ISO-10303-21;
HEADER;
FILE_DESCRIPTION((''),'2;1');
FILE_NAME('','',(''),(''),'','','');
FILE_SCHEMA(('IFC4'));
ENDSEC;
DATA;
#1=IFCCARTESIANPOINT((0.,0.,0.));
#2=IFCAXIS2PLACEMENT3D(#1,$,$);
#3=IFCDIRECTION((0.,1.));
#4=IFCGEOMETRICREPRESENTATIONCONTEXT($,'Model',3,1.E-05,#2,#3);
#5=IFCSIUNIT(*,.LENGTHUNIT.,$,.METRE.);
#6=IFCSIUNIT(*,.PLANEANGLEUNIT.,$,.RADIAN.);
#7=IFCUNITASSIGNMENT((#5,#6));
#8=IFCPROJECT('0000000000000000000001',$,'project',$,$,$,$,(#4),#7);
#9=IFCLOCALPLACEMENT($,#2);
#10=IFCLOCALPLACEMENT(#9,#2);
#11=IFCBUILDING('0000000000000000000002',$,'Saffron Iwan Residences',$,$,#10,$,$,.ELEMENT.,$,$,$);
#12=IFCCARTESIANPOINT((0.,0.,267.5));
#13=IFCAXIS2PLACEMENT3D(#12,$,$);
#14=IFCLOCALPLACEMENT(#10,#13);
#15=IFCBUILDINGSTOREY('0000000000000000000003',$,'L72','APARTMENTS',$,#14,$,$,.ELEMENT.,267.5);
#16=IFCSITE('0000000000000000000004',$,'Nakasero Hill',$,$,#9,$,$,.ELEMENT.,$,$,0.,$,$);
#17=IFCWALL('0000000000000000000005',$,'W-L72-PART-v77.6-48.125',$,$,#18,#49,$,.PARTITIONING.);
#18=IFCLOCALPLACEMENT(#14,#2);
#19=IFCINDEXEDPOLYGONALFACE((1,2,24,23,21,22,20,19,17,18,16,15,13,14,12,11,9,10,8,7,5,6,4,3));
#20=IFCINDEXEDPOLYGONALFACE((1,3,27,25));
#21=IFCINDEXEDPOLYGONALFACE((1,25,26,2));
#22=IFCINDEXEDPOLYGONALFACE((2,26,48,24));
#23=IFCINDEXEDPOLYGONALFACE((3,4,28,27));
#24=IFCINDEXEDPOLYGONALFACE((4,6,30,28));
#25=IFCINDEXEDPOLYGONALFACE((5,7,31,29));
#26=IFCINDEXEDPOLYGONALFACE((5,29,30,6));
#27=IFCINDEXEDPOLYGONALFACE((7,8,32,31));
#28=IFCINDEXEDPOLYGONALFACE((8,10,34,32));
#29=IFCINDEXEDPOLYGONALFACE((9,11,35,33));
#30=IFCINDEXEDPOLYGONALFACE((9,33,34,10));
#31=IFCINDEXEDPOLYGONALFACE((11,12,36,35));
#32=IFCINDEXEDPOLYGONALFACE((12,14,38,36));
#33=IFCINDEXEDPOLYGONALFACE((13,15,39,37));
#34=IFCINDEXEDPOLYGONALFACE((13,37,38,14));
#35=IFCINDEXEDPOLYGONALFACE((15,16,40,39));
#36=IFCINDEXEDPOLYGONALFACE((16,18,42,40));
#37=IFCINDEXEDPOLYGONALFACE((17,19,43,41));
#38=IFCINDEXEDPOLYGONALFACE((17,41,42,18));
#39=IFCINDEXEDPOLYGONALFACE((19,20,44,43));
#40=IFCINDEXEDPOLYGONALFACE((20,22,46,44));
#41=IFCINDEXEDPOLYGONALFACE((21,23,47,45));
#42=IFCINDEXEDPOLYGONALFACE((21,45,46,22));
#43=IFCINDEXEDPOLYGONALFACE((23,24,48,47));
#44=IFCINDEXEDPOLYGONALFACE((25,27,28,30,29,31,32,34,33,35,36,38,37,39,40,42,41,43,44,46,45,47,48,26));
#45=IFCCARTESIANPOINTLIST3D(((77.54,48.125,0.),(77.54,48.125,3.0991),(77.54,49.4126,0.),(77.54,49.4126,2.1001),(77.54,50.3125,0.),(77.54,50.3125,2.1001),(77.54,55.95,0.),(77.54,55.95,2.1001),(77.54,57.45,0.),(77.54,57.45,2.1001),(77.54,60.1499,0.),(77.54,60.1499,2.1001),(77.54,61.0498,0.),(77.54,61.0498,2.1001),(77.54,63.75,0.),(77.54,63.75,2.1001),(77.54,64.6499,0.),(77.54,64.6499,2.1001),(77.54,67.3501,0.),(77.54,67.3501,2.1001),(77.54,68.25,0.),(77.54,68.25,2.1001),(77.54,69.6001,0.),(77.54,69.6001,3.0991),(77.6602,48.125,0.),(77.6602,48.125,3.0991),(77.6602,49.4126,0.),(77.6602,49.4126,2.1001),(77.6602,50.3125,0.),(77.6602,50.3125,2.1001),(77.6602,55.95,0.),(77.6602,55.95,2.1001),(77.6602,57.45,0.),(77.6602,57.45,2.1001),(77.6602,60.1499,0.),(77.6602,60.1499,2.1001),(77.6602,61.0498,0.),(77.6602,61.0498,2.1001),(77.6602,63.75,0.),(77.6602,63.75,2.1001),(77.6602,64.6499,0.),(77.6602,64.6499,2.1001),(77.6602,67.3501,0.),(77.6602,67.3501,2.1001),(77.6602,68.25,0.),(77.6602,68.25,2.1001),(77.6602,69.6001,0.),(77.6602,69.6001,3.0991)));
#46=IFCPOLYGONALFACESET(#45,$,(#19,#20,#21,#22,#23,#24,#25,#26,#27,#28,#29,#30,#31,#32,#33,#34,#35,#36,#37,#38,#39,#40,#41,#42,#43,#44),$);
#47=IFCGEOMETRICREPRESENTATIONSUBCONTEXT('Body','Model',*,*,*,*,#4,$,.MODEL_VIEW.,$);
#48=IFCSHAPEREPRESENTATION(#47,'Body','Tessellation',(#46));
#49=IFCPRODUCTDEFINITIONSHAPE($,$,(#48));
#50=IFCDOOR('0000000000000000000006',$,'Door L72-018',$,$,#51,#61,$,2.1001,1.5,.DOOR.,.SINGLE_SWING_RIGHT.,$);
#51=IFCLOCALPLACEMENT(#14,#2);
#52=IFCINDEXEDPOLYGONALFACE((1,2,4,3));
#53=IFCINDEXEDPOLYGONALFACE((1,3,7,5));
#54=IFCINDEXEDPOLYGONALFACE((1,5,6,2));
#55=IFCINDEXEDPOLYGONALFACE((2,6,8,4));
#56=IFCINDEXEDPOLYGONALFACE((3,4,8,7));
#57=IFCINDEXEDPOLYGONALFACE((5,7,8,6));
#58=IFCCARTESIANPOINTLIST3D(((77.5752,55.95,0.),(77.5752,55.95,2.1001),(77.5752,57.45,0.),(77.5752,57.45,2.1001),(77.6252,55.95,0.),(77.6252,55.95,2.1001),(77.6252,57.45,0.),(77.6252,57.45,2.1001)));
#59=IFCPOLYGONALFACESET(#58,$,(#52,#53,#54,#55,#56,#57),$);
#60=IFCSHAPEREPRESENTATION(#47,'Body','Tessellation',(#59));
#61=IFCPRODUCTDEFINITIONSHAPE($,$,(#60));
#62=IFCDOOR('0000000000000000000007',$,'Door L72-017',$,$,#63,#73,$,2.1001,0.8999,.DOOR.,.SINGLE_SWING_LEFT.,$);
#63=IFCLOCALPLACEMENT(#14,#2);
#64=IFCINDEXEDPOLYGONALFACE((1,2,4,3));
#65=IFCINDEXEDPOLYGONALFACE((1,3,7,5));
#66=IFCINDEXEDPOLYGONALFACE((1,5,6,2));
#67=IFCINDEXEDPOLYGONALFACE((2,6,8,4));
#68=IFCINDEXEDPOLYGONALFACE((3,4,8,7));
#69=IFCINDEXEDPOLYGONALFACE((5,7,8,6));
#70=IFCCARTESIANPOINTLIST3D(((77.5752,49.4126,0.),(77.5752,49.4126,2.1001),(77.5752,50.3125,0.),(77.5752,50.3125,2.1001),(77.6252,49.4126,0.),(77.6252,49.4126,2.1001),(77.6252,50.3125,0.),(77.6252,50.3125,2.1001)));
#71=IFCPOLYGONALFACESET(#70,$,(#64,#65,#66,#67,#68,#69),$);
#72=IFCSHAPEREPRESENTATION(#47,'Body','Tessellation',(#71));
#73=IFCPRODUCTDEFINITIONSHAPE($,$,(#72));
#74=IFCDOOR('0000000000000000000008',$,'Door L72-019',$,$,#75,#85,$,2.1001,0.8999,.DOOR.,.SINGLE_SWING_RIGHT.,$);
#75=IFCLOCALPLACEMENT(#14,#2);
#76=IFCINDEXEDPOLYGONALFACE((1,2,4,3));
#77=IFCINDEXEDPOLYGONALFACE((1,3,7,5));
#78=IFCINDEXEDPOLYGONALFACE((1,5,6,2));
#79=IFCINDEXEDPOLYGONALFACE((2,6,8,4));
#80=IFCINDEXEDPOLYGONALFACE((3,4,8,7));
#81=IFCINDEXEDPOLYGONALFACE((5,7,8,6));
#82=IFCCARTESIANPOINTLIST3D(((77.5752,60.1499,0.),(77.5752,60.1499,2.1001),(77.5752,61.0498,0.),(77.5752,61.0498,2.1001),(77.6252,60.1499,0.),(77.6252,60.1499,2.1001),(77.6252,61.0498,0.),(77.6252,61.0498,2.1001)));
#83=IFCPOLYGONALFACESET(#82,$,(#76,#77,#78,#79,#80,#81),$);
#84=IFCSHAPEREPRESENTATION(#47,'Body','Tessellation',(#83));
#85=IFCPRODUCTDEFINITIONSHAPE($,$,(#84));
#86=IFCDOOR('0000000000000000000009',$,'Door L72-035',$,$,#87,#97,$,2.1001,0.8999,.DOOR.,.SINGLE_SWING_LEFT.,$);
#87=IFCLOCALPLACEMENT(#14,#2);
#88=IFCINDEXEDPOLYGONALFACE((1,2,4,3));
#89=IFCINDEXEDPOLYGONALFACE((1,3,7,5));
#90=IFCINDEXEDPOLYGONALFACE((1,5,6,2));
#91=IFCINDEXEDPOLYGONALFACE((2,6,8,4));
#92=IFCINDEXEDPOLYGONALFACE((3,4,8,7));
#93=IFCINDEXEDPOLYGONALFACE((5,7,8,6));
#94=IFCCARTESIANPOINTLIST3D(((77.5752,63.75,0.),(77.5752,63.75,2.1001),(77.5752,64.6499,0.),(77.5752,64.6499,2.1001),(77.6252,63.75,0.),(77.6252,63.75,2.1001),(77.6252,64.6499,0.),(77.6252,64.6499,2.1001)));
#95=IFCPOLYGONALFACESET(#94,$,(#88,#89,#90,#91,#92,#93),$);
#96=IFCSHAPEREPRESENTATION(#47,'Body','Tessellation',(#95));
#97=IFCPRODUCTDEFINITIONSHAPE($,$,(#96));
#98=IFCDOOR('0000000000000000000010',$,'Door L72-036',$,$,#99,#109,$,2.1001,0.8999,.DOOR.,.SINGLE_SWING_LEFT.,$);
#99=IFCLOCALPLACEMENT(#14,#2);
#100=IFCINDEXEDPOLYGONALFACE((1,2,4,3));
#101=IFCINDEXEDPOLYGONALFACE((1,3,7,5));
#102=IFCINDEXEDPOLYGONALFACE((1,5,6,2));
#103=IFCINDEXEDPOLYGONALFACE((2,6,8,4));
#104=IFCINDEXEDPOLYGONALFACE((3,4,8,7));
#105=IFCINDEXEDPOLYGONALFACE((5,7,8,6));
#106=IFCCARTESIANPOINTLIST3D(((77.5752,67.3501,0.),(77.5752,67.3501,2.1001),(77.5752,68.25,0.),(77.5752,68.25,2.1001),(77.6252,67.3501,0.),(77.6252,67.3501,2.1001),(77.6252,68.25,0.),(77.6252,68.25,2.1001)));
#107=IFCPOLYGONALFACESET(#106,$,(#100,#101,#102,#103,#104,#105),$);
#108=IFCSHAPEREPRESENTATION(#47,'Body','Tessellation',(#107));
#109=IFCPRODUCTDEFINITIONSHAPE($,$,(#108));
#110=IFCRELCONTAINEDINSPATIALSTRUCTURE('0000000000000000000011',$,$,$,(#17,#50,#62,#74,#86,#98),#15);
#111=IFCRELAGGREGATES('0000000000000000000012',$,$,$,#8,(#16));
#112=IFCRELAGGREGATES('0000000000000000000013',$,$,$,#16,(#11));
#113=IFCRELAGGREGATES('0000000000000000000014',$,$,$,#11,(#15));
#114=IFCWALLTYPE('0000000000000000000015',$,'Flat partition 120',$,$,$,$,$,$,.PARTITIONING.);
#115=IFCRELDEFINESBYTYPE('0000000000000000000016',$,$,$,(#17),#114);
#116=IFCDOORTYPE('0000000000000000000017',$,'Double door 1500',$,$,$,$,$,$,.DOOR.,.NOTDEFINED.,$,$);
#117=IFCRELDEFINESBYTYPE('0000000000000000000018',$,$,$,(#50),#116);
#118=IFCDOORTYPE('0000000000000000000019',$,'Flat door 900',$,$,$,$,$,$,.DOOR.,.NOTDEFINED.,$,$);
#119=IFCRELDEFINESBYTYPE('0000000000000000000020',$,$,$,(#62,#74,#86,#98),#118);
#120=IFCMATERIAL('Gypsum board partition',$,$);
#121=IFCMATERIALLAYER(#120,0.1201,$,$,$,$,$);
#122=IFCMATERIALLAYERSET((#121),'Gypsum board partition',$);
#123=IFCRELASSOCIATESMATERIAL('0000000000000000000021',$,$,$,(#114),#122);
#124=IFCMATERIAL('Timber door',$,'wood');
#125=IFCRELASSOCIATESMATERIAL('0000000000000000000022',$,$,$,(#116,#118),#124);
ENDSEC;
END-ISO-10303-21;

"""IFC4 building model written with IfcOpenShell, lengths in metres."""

from ifc_helpers import new_model, si_unit, direction, frame, frame_2d, origin, place, context, subcontext, project, spatial, rectangle, extrude, material, layer, layer_set, type_object, element, fill, save


model = new_model("IFC4")

# Units and contexts
model_context = context("Model", 3, precision=1e-05, world=origin(), true_north=direction((0.0, 1.0)))
body_context = subcontext(model_context, "Body", "Model", "MODEL_VIEW")
ifc_project = project(units=[si_unit("LENGTHUNIT", "METRE"), si_unit("PLANEANGLEUNIT", "RADIAN")], contexts=[model_context])

# Site, building, storey
site_placement = place(None, origin())
site = spatial("IfcSite", under=ifc_project, at=site_placement, Name="Nakasero Hill", CompositionType="ELEMENT", RefElevation=0.0)
building_placement = place(site_placement, origin())
building = spatial("IfcBuilding", under=site, at=building_placement, Name="Saffron Iwan Residences", CompositionType="ELEMENT")
storey_placement = place(building_placement, frame((0.0, 0.0, 267.5)))
storey = spatial("IfcBuildingStorey", under=building, at=storey_placement, Name="L72", Description="APARTMENTS", CompositionType="ELEMENT", Elevation=267.5)

# Shared definitions
ifc_material_1 = material(Name="Gypsum board partition")
ifc_layer_1 = layer(ifc_material_1, 0.1201)
ifc_layer_set_1 = layer_set([ifc_layer_1], Name="Gypsum board partition")
wall_type_1 = type_object("IfcWallType", Name="Flat partition 120", PredefinedType="PARTITIONING", material=ifc_layer_set_1)

# Shared definitions
ifc_material_2 = material(Name="Timber door", Category="wood")

# Wall, openings, doors
wall_1_placement = place(storey_placement, frame((77.6001, 48.125, 0.0), z_axis=(0.0, 0.0, 1.0), x_axis=(0.0, 1.0, 0.0)))
wall_1 = element("IfcWall", 1, at=wall_1_placement, inside=storey, type_object=wall_type_1, Name="W-L72-PART-v77.6-48.125", PredefinedType="PARTITIONING", context=body_context, shape_type="SweptSolid", body=[
    extrude(rectangle(XDim=21.4751, YDim=0.1201, at=frame_2d((10.7375, 0.0))), origin(), (0.0, 0.0, 1.0), 3.0991),
])
opening_1_placement = place(wall_1_placement, frame((1.2876, 0.0, 0.0)))
opening_1 = element("IfcOpeningElement", 2, at=opening_1_placement, cuts=wall_1, PredefinedType="OPENING", context=body_context, shape_type="SweptSolid", body=[
    extrude(rectangle(XDim=0.8999, YDim=2.1001, at=frame_2d((0.45, 1.05))), frame((0.0, 0.0701, 0.0), z_axis=(0.0, -1.0, 0.0), x_axis=(1.0, 0.0, 0.0)), (0.0, 0.0, 1.0), 0.1401),
])
opening_2_placement = place(wall_1_placement, frame((7.825, 0.0, 0.0)))
opening_2 = element("IfcOpeningElement", 3, at=opening_2_placement, cuts=wall_1, PredefinedType="OPENING", context=body_context, shape_type="SweptSolid", body=[
    extrude(rectangle(XDim=1.5, YDim=2.1001, at=frame_2d((0.75, 1.05))), frame((0.0, 0.0701, 0.0), z_axis=(0.0, -1.0, 0.0), x_axis=(1.0, 0.0, 0.0)), (0.0, 0.0, 1.0), 0.1401),
])
opening_3_placement = place(wall_1_placement, frame((12.0249, 0.0, 0.0)))
opening_3 = element("IfcOpeningElement", 4, at=opening_3_placement, cuts=wall_1, PredefinedType="OPENING", context=body_context, shape_type="SweptSolid", body=[
    extrude(rectangle(XDim=0.8999, YDim=2.1001, at=frame_2d((0.45, 1.05))), frame((0.0, 0.0701, 0.0), z_axis=(0.0, -1.0, 0.0), x_axis=(1.0, 0.0, 0.0)), (0.0, 0.0, 1.0), 0.1401),
])
opening_4_placement = place(wall_1_placement, frame((15.625, 0.0, 0.0)))
opening_4 = element("IfcOpeningElement", 5, at=opening_4_placement, cuts=wall_1, PredefinedType="OPENING", context=body_context, shape_type="SweptSolid", body=[
    extrude(rectangle(XDim=0.8999, YDim=2.1001, at=frame_2d((0.45, 1.05))), frame((0.0, 0.0701, 0.0), z_axis=(0.0, -1.0, 0.0), x_axis=(1.0, 0.0, 0.0)), (0.0, 0.0, 1.0), 0.1401),
])
opening_5_placement = place(wall_1_placement, frame((19.2251, 0.0, 0.0)))
opening_5 = element("IfcOpeningElement", 6, at=opening_5_placement, cuts=wall_1, PredefinedType="OPENING", context=body_context, shape_type="SweptSolid", body=[
    extrude(rectangle(XDim=0.8999, YDim=2.1001, at=frame_2d((0.45, 1.05))), frame((0.0, 0.0701, 0.0), z_axis=(0.0, -1.0, 0.0), x_axis=(1.0, 0.0, 0.0)), (0.0, 0.0, 1.0), 0.1401),
])
door_type_1 = type_object("IfcDoorType", Name="Double door 1500", OperationType="NOTDEFINED", PredefinedType="DOOR", material=ifc_material_2)
door_1_placement = place(opening_2_placement, origin())
door_1 = element("IfcDoor", 7, at=door_1_placement, inside=storey, type_object=door_type_1, Name="Door L72-018", OperationType="SINGLE_SWING_RIGHT", OverallHeight=2.1001, OverallWidth=1.5, PredefinedType="DOOR", context=body_context, shape_type="SweptSolid", body=[
    extrude(rectangle(XDim=1.5, YDim=2.1001, at=frame_2d((0.75, 1.05))), frame((0.0, 0.0249, 0.0), z_axis=(0.0, -1.0, 0.0), x_axis=(1.0, 0.0, 0.0)), (0.0, 0.0, 1.0), 0.05),
])
fill(opening_2, door_1)
door_type_2 = type_object("IfcDoorType", Name="Flat door 900", OperationType="NOTDEFINED", PredefinedType="DOOR", material=ifc_material_2)
door_2_placement = place(opening_1_placement, origin())
door_2 = element("IfcDoor", 8, at=door_2_placement, inside=storey, type_object=door_type_2, Name="Door L72-017", OperationType="SINGLE_SWING_LEFT", OverallHeight=2.1001, OverallWidth=0.8999, PredefinedType="DOOR", context=body_context, shape_type="SweptSolid", body=[
    extrude(rectangle(XDim=0.8999, YDim=2.1001, at=frame_2d((0.45, 1.05))), frame((0.0, 0.0249, 0.0), z_axis=(0.0, -1.0, 0.0), x_axis=(1.0, 0.0, 0.0)), (0.0, 0.0, 1.0), 0.05),
])
fill(opening_1, door_2)
door_3_placement = place(opening_3_placement, origin())
door_3 = element("IfcDoor", 9, at=door_3_placement, inside=storey, type_object=door_type_2, Name="Door L72-019", OperationType="SINGLE_SWING_RIGHT", OverallHeight=2.1001, OverallWidth=0.8999, PredefinedType="DOOR", context=body_context, shape_type="SweptSolid", body=[
    extrude(rectangle(XDim=0.8999, YDim=2.1001, at=frame_2d((0.45, 1.05))), frame((0.0, 0.0249, 0.0), z_axis=(0.0, -1.0, 0.0), x_axis=(1.0, 0.0, 0.0)), (0.0, 0.0, 1.0), 0.05),
])
fill(opening_3, door_3)
door_4_placement = place(opening_4_placement, origin())
door_4 = element("IfcDoor", 10, at=door_4_placement, inside=storey, type_object=door_type_2, Name="Door L72-035", OperationType="SINGLE_SWING_LEFT", OverallHeight=2.1001, OverallWidth=0.8999, PredefinedType="DOOR", context=body_context, shape_type="SweptSolid", body=[
    extrude(rectangle(XDim=0.8999, YDim=2.1001, at=frame_2d((0.45, 1.05))), frame((0.0, 0.0249, 0.0), z_axis=(0.0, -1.0, 0.0), x_axis=(1.0, 0.0, 0.0)), (0.0, 0.0, 1.0), 0.05),
])
fill(opening_4, door_4)
door_5_placement = place(opening_5_placement, origin())
door_5 = element("IfcDoor", 11, at=door_5_placement, inside=storey, type_object=door_type_2, Name="Door L72-036", OperationType="SINGLE_SWING_LEFT", OverallHeight=2.1001, OverallWidth=0.8999, PredefinedType="DOOR", context=body_context, shape_type="SweptSolid", body=[
    extrude(rectangle(XDim=0.8999, YDim=2.1001, at=frame_2d((0.45, 1.05))), frame((0.0, 0.0249, 0.0), z_axis=(0.0, -1.0, 0.0), x_axis=(1.0, 0.0, 0.0)), (0.0, 0.0, 1.0), 0.05),
])
fill(opening_5, door_5)

save(model, "model.ifc")
